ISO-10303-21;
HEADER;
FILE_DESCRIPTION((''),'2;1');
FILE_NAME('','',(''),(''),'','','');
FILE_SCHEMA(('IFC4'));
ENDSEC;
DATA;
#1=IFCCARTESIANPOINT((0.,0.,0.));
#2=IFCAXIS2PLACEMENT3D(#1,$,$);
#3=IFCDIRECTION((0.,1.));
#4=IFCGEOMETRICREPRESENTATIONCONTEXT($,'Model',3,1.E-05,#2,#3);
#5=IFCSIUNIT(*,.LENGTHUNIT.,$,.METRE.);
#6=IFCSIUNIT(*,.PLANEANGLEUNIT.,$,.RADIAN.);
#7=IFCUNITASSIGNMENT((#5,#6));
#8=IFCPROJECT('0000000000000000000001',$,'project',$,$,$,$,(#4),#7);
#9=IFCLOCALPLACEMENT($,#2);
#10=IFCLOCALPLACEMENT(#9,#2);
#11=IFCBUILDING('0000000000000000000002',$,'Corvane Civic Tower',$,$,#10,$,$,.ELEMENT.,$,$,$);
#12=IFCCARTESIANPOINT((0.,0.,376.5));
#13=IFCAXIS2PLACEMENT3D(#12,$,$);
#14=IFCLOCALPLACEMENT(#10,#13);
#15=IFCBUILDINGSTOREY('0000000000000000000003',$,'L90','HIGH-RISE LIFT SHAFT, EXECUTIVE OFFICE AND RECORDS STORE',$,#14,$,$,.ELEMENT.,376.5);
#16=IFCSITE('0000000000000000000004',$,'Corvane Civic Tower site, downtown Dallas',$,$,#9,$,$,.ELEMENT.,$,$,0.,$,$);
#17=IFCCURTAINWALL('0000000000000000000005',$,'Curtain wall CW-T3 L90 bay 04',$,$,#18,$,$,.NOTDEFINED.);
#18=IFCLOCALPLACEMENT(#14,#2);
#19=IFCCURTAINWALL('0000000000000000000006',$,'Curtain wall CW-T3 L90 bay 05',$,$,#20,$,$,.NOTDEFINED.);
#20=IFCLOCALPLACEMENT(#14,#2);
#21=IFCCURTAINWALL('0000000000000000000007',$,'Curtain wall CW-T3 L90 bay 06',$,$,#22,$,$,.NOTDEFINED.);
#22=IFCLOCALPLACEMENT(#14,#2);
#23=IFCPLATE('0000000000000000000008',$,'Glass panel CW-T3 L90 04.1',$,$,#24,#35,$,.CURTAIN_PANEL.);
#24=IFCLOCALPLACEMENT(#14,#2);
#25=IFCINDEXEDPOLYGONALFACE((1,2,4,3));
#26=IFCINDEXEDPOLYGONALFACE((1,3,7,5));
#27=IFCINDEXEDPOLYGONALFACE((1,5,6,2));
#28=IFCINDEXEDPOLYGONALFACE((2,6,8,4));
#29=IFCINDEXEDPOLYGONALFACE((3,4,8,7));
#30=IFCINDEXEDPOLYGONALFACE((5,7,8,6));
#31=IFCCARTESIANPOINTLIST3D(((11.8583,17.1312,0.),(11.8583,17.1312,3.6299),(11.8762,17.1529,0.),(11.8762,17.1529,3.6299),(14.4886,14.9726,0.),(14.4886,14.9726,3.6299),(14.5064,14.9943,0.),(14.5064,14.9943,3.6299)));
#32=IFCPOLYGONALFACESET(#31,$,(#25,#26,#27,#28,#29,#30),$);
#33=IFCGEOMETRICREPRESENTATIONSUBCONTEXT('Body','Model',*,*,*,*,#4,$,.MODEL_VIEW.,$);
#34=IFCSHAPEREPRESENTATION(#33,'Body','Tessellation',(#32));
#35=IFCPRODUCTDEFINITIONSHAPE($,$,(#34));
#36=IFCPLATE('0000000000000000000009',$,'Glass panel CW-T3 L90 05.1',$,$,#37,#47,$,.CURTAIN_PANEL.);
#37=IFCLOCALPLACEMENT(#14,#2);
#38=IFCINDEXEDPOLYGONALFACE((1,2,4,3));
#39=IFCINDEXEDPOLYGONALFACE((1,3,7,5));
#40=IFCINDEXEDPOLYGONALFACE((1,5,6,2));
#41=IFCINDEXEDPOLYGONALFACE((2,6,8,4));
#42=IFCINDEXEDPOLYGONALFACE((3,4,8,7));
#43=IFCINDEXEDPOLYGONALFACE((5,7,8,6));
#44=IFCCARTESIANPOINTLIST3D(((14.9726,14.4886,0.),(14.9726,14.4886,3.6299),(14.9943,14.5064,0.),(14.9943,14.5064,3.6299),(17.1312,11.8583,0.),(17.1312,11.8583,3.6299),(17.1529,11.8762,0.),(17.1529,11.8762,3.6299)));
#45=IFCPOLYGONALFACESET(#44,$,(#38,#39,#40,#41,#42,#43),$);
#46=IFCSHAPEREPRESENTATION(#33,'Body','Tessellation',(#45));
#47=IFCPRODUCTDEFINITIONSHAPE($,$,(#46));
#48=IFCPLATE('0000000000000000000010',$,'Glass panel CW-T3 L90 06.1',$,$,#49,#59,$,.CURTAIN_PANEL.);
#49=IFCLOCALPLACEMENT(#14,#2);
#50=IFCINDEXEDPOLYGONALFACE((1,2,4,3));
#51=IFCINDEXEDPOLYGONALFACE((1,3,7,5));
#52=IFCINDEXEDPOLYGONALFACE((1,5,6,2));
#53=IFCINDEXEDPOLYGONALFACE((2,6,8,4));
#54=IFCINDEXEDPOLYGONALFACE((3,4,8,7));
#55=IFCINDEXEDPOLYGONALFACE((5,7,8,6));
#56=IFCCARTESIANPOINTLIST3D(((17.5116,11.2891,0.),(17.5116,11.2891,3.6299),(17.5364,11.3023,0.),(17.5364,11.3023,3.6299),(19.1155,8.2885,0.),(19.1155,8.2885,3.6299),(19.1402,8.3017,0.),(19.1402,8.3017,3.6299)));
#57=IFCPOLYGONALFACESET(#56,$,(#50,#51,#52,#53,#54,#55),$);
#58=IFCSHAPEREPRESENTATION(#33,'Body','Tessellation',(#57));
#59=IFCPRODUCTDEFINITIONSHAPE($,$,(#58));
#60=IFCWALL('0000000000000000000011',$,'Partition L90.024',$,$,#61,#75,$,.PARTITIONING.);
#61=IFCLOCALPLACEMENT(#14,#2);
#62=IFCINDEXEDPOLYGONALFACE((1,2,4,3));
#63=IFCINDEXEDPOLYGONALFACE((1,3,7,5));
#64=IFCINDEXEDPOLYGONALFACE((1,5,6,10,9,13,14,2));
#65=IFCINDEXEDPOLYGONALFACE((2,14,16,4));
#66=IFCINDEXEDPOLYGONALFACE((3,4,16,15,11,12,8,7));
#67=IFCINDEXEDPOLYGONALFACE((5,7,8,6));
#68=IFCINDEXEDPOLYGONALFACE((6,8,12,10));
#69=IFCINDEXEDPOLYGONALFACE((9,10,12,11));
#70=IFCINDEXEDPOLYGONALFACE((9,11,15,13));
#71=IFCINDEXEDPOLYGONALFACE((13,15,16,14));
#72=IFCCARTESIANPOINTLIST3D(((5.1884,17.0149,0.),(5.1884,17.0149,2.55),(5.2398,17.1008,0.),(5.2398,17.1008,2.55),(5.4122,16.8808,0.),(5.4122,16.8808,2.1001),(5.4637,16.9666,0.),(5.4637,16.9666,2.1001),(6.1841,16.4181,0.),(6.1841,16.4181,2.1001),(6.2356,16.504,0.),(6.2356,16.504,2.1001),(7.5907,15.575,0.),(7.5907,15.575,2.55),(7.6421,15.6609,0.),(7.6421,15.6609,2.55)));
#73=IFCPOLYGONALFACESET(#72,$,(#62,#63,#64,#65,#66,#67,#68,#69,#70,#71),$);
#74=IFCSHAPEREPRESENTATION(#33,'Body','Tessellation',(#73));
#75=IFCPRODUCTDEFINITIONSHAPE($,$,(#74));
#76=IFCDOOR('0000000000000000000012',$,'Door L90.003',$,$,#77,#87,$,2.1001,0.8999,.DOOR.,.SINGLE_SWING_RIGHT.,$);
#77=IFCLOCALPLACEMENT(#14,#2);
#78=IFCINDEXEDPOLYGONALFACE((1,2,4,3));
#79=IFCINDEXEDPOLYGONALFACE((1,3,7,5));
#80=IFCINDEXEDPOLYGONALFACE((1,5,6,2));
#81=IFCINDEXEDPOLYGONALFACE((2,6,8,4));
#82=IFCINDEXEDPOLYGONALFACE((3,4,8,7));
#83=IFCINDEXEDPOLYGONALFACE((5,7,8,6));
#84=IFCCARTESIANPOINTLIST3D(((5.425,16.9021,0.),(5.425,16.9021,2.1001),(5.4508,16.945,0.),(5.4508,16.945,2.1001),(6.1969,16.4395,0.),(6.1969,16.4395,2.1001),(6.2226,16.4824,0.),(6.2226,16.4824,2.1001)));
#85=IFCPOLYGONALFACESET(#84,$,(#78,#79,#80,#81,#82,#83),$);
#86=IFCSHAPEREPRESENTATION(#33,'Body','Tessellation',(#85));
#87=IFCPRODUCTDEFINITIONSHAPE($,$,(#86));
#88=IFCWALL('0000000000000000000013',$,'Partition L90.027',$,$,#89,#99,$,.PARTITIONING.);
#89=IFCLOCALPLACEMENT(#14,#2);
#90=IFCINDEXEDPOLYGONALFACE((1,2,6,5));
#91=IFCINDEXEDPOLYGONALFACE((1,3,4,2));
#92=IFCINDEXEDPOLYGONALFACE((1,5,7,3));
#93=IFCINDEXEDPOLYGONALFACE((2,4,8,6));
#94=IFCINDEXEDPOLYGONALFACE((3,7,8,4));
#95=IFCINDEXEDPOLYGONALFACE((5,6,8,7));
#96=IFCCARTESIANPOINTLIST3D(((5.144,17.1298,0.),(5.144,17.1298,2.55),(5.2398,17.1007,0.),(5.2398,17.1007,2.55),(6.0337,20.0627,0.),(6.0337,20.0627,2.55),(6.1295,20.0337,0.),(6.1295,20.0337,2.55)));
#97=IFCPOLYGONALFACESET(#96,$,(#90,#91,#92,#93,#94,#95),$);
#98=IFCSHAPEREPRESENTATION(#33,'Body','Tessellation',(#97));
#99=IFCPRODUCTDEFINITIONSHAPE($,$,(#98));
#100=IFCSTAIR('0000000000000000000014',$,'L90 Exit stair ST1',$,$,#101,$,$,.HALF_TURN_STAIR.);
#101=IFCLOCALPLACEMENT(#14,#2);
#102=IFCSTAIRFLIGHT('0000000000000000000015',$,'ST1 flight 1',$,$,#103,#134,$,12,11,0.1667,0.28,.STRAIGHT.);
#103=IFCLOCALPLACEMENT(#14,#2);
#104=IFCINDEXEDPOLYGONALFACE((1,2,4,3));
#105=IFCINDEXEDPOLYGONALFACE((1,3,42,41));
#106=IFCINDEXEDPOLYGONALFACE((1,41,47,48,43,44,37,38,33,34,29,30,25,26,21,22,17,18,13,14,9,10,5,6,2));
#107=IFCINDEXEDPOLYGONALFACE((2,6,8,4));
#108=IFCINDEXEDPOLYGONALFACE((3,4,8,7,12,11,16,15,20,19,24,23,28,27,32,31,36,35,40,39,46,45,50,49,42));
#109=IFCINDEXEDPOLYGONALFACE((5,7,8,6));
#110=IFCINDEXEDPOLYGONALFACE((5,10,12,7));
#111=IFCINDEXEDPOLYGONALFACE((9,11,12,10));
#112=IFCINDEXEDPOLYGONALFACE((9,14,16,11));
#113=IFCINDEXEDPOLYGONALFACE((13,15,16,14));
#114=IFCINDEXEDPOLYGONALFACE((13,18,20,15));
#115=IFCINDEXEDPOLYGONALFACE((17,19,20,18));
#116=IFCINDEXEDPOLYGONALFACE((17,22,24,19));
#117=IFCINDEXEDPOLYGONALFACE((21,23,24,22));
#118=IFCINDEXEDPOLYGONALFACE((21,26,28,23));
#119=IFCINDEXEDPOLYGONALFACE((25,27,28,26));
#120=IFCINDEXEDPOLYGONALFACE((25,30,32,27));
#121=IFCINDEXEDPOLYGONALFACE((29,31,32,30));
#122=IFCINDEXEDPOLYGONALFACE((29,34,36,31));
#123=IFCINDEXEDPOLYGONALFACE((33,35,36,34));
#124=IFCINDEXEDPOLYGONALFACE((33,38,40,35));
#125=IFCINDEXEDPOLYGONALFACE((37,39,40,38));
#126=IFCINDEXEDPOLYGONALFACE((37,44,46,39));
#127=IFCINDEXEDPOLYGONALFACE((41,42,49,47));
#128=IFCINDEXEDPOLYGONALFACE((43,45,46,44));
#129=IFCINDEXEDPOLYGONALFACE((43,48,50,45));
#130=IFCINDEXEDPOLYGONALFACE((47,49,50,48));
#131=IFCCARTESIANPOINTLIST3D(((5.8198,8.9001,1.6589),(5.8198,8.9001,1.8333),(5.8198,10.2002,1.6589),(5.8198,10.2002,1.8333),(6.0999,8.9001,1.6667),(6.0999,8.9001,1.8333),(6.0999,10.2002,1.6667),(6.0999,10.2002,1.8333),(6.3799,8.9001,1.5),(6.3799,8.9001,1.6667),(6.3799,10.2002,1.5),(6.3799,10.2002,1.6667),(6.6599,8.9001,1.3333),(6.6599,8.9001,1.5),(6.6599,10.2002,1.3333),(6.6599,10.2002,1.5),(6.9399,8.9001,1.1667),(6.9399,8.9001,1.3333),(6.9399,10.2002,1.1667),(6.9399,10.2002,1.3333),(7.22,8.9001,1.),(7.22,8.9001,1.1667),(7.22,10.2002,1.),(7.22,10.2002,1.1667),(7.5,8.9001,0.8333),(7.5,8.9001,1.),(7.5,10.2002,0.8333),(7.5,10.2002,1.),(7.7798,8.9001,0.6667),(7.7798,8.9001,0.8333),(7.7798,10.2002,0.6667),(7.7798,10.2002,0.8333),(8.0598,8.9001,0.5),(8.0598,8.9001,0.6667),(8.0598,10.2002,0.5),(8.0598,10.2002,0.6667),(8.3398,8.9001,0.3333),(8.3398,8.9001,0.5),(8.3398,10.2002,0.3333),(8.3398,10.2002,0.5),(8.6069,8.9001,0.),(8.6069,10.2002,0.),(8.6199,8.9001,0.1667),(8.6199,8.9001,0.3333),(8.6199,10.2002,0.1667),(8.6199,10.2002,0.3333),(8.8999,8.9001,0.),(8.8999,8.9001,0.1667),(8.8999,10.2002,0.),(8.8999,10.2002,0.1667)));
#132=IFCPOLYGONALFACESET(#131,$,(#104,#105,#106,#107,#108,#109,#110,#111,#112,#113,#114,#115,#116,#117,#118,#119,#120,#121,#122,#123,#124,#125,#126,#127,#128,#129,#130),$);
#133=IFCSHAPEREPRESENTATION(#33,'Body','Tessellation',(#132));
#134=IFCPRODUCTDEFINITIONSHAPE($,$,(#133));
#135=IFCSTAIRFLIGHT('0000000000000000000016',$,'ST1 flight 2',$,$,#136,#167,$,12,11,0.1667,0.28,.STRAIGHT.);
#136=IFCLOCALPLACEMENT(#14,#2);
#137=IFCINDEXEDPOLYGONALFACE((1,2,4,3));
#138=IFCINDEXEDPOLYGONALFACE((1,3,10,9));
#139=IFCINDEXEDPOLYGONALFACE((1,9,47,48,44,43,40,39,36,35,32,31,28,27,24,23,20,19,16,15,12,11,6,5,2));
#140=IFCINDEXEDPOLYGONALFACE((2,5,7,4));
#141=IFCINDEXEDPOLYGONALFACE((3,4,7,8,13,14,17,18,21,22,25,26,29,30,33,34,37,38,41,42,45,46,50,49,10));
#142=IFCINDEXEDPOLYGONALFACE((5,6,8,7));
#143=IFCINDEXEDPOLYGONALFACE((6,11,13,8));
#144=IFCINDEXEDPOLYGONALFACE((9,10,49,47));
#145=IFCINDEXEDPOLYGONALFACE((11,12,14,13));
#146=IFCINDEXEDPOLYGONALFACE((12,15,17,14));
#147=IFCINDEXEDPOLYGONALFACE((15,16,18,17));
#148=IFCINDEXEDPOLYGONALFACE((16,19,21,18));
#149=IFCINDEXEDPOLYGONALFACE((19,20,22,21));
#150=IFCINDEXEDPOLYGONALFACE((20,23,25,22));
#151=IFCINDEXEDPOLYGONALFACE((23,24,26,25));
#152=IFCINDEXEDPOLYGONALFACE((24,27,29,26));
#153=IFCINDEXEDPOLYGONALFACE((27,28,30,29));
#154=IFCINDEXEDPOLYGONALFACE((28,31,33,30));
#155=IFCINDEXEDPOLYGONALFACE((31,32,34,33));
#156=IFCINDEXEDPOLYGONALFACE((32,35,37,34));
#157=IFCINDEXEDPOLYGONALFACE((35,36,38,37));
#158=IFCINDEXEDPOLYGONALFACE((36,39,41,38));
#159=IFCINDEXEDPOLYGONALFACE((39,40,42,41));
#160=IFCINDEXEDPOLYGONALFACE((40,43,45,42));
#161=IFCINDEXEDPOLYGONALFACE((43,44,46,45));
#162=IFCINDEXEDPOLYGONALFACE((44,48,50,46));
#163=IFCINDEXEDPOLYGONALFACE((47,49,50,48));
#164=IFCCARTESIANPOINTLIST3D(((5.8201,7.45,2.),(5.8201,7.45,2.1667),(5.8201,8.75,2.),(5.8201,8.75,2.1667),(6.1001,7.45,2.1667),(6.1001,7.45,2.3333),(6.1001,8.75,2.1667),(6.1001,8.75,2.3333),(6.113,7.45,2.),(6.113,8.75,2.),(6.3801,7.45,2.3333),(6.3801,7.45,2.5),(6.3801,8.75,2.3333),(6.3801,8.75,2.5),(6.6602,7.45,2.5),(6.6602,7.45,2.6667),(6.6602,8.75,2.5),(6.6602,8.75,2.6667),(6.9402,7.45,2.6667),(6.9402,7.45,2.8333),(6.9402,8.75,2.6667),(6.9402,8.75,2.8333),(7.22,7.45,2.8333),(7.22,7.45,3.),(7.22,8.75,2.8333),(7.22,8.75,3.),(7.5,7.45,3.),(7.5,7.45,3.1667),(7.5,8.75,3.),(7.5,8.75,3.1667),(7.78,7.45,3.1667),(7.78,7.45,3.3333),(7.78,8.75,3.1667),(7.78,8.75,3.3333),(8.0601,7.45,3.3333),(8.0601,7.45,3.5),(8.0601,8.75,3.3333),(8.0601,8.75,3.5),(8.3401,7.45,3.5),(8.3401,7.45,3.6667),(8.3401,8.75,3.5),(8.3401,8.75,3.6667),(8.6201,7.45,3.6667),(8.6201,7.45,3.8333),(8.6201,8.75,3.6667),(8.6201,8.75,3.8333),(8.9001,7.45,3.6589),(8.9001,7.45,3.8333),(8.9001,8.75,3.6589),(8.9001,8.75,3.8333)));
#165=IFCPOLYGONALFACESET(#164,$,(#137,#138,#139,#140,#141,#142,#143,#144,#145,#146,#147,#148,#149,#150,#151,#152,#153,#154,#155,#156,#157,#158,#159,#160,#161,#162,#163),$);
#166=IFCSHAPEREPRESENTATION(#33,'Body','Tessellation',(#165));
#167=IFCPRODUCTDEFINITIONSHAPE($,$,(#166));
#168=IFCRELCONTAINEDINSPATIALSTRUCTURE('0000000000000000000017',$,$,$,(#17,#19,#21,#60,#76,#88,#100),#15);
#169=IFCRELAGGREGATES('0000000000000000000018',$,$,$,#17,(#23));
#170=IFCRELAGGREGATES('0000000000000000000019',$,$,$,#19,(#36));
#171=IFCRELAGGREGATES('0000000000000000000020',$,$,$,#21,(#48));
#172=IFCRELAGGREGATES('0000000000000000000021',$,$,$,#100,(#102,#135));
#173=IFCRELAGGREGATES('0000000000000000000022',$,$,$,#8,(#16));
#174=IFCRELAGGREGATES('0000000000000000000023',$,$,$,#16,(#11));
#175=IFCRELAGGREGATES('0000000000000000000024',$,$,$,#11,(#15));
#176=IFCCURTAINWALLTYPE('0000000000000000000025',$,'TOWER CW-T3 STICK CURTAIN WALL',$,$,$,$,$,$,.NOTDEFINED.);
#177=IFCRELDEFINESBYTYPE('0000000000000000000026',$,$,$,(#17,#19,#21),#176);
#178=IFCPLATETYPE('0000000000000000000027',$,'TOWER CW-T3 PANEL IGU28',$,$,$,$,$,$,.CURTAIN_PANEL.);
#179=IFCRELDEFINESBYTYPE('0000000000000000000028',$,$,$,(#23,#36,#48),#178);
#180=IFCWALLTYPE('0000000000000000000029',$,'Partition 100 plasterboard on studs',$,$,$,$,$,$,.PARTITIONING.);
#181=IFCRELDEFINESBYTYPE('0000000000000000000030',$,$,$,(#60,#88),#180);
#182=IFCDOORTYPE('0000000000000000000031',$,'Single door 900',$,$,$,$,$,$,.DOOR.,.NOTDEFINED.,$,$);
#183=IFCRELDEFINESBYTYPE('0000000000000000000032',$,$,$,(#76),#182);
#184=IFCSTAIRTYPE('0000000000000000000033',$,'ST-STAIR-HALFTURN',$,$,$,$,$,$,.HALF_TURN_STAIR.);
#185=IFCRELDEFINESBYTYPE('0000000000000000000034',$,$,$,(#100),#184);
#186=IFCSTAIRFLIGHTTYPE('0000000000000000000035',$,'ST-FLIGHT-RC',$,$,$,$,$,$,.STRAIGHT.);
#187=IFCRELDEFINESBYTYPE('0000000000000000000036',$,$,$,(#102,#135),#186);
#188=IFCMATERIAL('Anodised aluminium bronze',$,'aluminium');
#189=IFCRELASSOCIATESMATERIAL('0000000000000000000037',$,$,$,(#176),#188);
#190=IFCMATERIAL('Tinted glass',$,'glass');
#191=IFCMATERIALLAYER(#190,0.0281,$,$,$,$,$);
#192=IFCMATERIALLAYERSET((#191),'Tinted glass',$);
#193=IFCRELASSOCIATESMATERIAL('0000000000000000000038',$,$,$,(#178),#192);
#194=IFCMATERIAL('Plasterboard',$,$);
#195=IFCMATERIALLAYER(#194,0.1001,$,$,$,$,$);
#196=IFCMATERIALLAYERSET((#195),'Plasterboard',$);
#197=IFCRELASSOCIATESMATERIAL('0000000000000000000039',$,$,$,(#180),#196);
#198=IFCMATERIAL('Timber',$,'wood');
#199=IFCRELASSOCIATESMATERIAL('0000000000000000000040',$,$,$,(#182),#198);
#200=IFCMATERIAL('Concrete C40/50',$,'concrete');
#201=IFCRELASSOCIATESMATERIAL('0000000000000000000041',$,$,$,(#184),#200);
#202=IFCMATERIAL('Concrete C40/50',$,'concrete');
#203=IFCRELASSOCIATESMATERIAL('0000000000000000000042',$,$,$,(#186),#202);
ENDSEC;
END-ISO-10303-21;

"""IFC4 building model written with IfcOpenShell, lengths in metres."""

from ifc_helpers import new_model, si_unit, direction, frame, frame_2d, origin, origin_2d, place, context, subcontext, project, spatial, polyline, rectangle, outline, extrude, material, layer, layer_set, type_object, element, fill, aggregate, save


model = new_model("IFC4")

# Units and contexts
model_context = context("Model", 3, precision=1e-05, world=origin(), true_north=direction((0.0, 1.0)))
body_context = subcontext(model_context, "Body", "Model", "MODEL_VIEW")
ifc_project = project(units=[si_unit("LENGTHUNIT", "METRE"), si_unit("PLANEANGLEUNIT", "RADIAN")], contexts=[model_context])

# Site, building, storey
site_placement = place(None, origin())
site = spatial("IfcSite", under=ifc_project, at=site_placement, Name="Corvane Civic Tower site, downtown Dallas", CompositionType="ELEMENT", RefElevation=0.0)
building_placement = place(site_placement, origin())
building = spatial("IfcBuilding", under=site, at=building_placement, Name="Corvane Civic Tower", CompositionType="ELEMENT")
storey_placement = place(building_placement, frame((0.0, 0.0, 376.5)))
storey = spatial("IfcBuildingStorey", under=building, at=storey_placement, Name="L90", Description="HIGH-RISE LIFT SHAFT, EXECUTIVE OFFICE AND RECORDS STORE", CompositionType="ELEMENT", Elevation=376.5)

# Curtain walls
ifc_material_1 = material(Name="Anodised aluminium bronze", Category="aluminium")
curtain_wall_type = type_object("IfcCurtainWallType", Name="TOWER CW-T3 STICK CURTAIN WALL", PredefinedType="NOTDEFINED", material=ifc_material_1)
curtain_wall_1_placement = place(storey_placement, origin())
curtain_wall_1 = element("IfcCurtainWall", 1, at=curtain_wall_1_placement, inside=storey, type_object=curtain_wall_type, Name="Curtain wall CW-T3 L90 bay 04", PredefinedType="NOTDEFINED")
curtain_wall_2_placement = place(storey_placement, origin())
curtain_wall_2 = element("IfcCurtainWall", 2, at=curtain_wall_2_placement, inside=storey, type_object=curtain_wall_type, Name="Curtain wall CW-T3 L90 bay 05", PredefinedType="NOTDEFINED")
curtain_wall_3_placement = place(storey_placement, origin())
curtain_wall_3 = element("IfcCurtainWall", 3, at=curtain_wall_3_placement, inside=storey, type_object=curtain_wall_type, Name="Curtain wall CW-T3 L90 bay 06", PredefinedType="NOTDEFINED")

# Plates
ifc_material_2 = material(Name="Tinted glass", Category="glass")
ifc_layer_1 = layer(ifc_material_2, 0.0281)
ifc_layer_set_1 = layer_set([ifc_layer_1], Name="Tinted glass")
plate_type = type_object("IfcPlateType", Name="TOWER CW-T3 PANEL IGU28", PredefinedType="CURTAIN_PANEL", material=ifc_layer_set_1)
plate_1_placement = place(storey_placement, frame((13.1824, 16.0627, 0.0), z_axis=(0.0, 0.0, 1.0), x_axis=(0.77301, -0.634393, 0.0)))
plate_1 = element("IfcPlate", 4, at=plate_1_placement, type_object=plate_type, Name="Glass panel CW-T3 L90 04.1", PredefinedType="CURTAIN_PANEL", context=body_context, shape_type="SweptSolid", body=[
    extrude(rectangle(XDim=3.4026, YDim=0.0281, at=origin_2d()), origin(), (0.0, 0.0, 1.0), 3.6299),
])
aggregate(curtain_wall_1, [plate_1])
plate_2_placement = place(storey_placement, frame((16.0627, 13.1824, 0.0), z_axis=(0.0, 0.0, 1.0), x_axis=(0.634393, -0.77301, 0.0)))
plate_2 = element("IfcPlate", 5, at=plate_2_placement, type_object=plate_type, Name="Glass panel CW-T3 L90 05.1", PredefinedType="CURTAIN_PANEL", context=body_context, shape_type="SweptSolid", body=[
    extrude(rectangle(XDim=3.4026, YDim=0.0281, at=origin_2d()), origin(), (0.0, 0.0, 1.0), 3.6299),
])
aggregate(curtain_wall_2, [plate_2])
plate_3_placement = place(storey_placement, frame((18.3259, 9.7954, 0.0), z_axis=(0.0, 0.0, 1.0), x_axis=(0.471384, -0.881928, 0.0)))
plate_3 = element("IfcPlate", 6, at=plate_3_placement, type_object=plate_type, Name="Glass panel CW-T3 L90 06.1", PredefinedType="CURTAIN_PANEL", context=body_context, shape_type="SweptSolid", body=[
    extrude(rectangle(XDim=3.4023, YDim=0.0281, at=origin_2d()), origin(), (0.0, 0.0, 1.0), 3.6299),
])
aggregate(curtain_wall_3, [plate_3])

# Wall, opening, door
ifc_material_3 = material(Name="Plasterboard")
ifc_layer_2 = layer(ifc_material_3, 0.1001)
ifc_layer_set_2 = layer_set([ifc_layer_2], Name="Plasterboard")
wall_type = type_object("IfcWallType", Name="Partition 100 plasterboard on studs", PredefinedType="PARTITIONING", material=ifc_layer_set_2)
wall_1_placement = place(storey_placement, frame((5.2141, 17.0579, 0.0), z_axis=(0.0, 0.0, 1.0), x_axis=(0.857724, -0.514111, 0.0)))
wall_1 = element("IfcWall", 7, at=wall_1_placement, inside=storey, type_object=wall_type, Name="Partition L90.024", PredefinedType="PARTITIONING", context=body_context, shape_type="SweptSolid", body=[
    extrude(rectangle(XDim=2.8008, YDim=0.1001, at=frame_2d((1.4004, 0.0))), origin(), (0.0, 0.0, 1.0), 2.55),
])
opening_placement = place(wall_1_placement, frame((0.261, 0.0, 0.0)))
opening = element("IfcOpeningElement", 8, at=opening_placement, cuts=wall_1, PredefinedType="OPENING", context=body_context, shape_type="SweptSolid", body=[
    extrude(rectangle(XDim=0.8999, YDim=2.1001, at=frame_2d((0.45, 1.05))), frame((0.0, 0.0601, 0.0), z_axis=(0.0, -1.0, 0.0), x_axis=(1.0, 0.0, 0.0)), (0.0, 0.0, 1.0), 0.1201),
])
ifc_material_4 = material(Name="Timber", Category="wood")
door_type = type_object("IfcDoorType", Name="Single door 900", OperationType="NOTDEFINED", PredefinedType="DOOR", material=ifc_material_4)
door_placement = place(opening_placement, origin())
door = element("IfcDoor", 9, at=door_placement, inside=storey, type_object=door_type, Name="Door L90.003", OperationType="SINGLE_SWING_RIGHT", OverallHeight=2.1001, OverallWidth=0.8999, PredefinedType="DOOR", context=body_context, shape_type="SweptSolid", body=[
    extrude(rectangle(XDim=0.8999, YDim=2.1001, at=frame_2d((0.45, 1.05))), frame((0.0, 0.0249, 0.0), z_axis=(0.0, -1.0, 0.0), x_axis=(1.0, 0.0, 0.0)), (0.0, 0.0, 1.0), 0.05),
])
fill(opening, door)

# Wall
wall_2_placement = place(storey_placement, frame((5.1919, 17.1152, 0.0), z_axis=(0.0, 0.0, 1.0), x_axis=(0.290277, 0.956943, 0.0)))
element("IfcWall", 10, at=wall_2_placement, inside=storey, type_object=wall_type, Name="Partition L90.027", PredefinedType="PARTITIONING", context=body_context, shape_type="SweptSolid", body=[
    extrude(rectangle(XDim=3.0649, YDim=0.1001, at=frame_2d((1.5325, 0.0))), origin(), (0.0, 0.0, 1.0), 2.55),
])

# Stair, stair flights
ifc_material_5 = material(Name="Concrete C40/50", Category="concrete")
stair_type = type_object("IfcStairType", Name="ST-STAIR-HALFTURN", PredefinedType="HALF_TURN_STAIR", material=ifc_material_5)
stair_placement = place(storey_placement, origin())
stair = element("IfcStair", 11, at=stair_placement, inside=storey, type_object=stair_type, Name="L90 Exit stair ST1", PredefinedType="HALF_TURN_STAIR")
ifc_material_6 = material(Name="Concrete C40/50", Category="concrete")
stair_flight_type = type_object("IfcStairFlightType", Name="ST-FLIGHT-RC", PredefinedType="STRAIGHT", material=ifc_material_6)
stair_flight_1_placement = place(storey_placement, frame((8.8999, 9.55, 0.0), z_axis=(0.0, 0.0, 1.0), x_axis=(-1.0, 0.0, 0.0)))
stair_flight_1 = element("IfcStairFlight", 12, at=stair_flight_1_placement, type_object=stair_flight_type, Name="ST1 flight 1", NumberOfRisers=12, NumberOfTreads=11, PredefinedType="STRAIGHT", RiserHeight=0.1667, TreadLength=0.28, context=body_context, shape_type="SweptSolid", body=[
    extrude(outline(polyline([(0.0, 0.0), (0.0, 0.1667), (0.28, 0.1667), (0.28, 0.3333), (0.5601, 0.3333), (0.5601, 0.5), (0.8401, 0.5), (0.8401, 0.6667), (1.1201, 0.6667), (1.1201, 0.8333), (1.3999, 0.8333), (1.3999, 1.0), (1.6799, 1.0), (1.6799, 1.1667), (1.96, 1.1667), (1.96, 1.3333), (2.24, 1.3333), (2.24, 1.5), (2.52, 1.5), (2.52, 1.6667), (2.8, 1.6667), (2.8, 1.8333), (3.0801, 1.8333), (3.0801, 2.0), (3.0801, 1.6589), (0.293, 0.0), (0.0, 0.0)])), frame((0.0, 0.6499, 0.0), z_axis=(0.0, -1.0, 0.0), x_axis=(1.0, 0.0, 0.0)), (0.0, 0.0, 1.0), 1.3),
])
stair_flight_2_placement = place(storey_placement, frame((5.8201, 8.1001, 2.0), z_axis=(0.0, 0.0, 1.0), x_axis=(1.0, 0.0, 0.0)))
stair_flight_2 = element("IfcStairFlight", 13, at=stair_flight_2_placement, type_object=stair_flight_type, Name="ST1 flight 2", NumberOfRisers=12, NumberOfTreads=11, PredefinedType="STRAIGHT", RiserHeight=0.1667, TreadLength=0.28, context=body_context, shape_type="SweptSolid", body=[
    extrude(outline(polyline([(0.0, 0.0), (0.0, 0.1667), (0.28, 0.1667), (0.28, 0.3333), (0.5601, 0.3333), (0.5601, 0.5), (0.8401, 0.5), (0.8401, 0.6667), (1.1201, 0.6667), (1.1201, 0.8333), (1.3999, 0.8333), (1.3999, 1.0), (1.6799, 1.0), (1.6799, 1.1667), (1.96, 1.1667), (1.96, 1.3333), (2.24, 1.3333), (2.24, 1.5), (2.52, 1.5), (2.52, 1.6667), (2.8, 1.6667), (2.8, 1.8333), (3.0801, 1.8333), (3.0801, 2.0), (3.0801, 1.6589), (0.293, 0.0), (0.0, 0.0)])), frame((0.0, 0.6499, 0.0), z_axis=(0.0, -1.0, 0.0), x_axis=(1.0, 0.0, 0.0)), (0.0, 0.0, 1.0), 1.3),
])
aggregate(stair, [stair_flight_1, stair_flight_2])

save(model, "model.ifc")
